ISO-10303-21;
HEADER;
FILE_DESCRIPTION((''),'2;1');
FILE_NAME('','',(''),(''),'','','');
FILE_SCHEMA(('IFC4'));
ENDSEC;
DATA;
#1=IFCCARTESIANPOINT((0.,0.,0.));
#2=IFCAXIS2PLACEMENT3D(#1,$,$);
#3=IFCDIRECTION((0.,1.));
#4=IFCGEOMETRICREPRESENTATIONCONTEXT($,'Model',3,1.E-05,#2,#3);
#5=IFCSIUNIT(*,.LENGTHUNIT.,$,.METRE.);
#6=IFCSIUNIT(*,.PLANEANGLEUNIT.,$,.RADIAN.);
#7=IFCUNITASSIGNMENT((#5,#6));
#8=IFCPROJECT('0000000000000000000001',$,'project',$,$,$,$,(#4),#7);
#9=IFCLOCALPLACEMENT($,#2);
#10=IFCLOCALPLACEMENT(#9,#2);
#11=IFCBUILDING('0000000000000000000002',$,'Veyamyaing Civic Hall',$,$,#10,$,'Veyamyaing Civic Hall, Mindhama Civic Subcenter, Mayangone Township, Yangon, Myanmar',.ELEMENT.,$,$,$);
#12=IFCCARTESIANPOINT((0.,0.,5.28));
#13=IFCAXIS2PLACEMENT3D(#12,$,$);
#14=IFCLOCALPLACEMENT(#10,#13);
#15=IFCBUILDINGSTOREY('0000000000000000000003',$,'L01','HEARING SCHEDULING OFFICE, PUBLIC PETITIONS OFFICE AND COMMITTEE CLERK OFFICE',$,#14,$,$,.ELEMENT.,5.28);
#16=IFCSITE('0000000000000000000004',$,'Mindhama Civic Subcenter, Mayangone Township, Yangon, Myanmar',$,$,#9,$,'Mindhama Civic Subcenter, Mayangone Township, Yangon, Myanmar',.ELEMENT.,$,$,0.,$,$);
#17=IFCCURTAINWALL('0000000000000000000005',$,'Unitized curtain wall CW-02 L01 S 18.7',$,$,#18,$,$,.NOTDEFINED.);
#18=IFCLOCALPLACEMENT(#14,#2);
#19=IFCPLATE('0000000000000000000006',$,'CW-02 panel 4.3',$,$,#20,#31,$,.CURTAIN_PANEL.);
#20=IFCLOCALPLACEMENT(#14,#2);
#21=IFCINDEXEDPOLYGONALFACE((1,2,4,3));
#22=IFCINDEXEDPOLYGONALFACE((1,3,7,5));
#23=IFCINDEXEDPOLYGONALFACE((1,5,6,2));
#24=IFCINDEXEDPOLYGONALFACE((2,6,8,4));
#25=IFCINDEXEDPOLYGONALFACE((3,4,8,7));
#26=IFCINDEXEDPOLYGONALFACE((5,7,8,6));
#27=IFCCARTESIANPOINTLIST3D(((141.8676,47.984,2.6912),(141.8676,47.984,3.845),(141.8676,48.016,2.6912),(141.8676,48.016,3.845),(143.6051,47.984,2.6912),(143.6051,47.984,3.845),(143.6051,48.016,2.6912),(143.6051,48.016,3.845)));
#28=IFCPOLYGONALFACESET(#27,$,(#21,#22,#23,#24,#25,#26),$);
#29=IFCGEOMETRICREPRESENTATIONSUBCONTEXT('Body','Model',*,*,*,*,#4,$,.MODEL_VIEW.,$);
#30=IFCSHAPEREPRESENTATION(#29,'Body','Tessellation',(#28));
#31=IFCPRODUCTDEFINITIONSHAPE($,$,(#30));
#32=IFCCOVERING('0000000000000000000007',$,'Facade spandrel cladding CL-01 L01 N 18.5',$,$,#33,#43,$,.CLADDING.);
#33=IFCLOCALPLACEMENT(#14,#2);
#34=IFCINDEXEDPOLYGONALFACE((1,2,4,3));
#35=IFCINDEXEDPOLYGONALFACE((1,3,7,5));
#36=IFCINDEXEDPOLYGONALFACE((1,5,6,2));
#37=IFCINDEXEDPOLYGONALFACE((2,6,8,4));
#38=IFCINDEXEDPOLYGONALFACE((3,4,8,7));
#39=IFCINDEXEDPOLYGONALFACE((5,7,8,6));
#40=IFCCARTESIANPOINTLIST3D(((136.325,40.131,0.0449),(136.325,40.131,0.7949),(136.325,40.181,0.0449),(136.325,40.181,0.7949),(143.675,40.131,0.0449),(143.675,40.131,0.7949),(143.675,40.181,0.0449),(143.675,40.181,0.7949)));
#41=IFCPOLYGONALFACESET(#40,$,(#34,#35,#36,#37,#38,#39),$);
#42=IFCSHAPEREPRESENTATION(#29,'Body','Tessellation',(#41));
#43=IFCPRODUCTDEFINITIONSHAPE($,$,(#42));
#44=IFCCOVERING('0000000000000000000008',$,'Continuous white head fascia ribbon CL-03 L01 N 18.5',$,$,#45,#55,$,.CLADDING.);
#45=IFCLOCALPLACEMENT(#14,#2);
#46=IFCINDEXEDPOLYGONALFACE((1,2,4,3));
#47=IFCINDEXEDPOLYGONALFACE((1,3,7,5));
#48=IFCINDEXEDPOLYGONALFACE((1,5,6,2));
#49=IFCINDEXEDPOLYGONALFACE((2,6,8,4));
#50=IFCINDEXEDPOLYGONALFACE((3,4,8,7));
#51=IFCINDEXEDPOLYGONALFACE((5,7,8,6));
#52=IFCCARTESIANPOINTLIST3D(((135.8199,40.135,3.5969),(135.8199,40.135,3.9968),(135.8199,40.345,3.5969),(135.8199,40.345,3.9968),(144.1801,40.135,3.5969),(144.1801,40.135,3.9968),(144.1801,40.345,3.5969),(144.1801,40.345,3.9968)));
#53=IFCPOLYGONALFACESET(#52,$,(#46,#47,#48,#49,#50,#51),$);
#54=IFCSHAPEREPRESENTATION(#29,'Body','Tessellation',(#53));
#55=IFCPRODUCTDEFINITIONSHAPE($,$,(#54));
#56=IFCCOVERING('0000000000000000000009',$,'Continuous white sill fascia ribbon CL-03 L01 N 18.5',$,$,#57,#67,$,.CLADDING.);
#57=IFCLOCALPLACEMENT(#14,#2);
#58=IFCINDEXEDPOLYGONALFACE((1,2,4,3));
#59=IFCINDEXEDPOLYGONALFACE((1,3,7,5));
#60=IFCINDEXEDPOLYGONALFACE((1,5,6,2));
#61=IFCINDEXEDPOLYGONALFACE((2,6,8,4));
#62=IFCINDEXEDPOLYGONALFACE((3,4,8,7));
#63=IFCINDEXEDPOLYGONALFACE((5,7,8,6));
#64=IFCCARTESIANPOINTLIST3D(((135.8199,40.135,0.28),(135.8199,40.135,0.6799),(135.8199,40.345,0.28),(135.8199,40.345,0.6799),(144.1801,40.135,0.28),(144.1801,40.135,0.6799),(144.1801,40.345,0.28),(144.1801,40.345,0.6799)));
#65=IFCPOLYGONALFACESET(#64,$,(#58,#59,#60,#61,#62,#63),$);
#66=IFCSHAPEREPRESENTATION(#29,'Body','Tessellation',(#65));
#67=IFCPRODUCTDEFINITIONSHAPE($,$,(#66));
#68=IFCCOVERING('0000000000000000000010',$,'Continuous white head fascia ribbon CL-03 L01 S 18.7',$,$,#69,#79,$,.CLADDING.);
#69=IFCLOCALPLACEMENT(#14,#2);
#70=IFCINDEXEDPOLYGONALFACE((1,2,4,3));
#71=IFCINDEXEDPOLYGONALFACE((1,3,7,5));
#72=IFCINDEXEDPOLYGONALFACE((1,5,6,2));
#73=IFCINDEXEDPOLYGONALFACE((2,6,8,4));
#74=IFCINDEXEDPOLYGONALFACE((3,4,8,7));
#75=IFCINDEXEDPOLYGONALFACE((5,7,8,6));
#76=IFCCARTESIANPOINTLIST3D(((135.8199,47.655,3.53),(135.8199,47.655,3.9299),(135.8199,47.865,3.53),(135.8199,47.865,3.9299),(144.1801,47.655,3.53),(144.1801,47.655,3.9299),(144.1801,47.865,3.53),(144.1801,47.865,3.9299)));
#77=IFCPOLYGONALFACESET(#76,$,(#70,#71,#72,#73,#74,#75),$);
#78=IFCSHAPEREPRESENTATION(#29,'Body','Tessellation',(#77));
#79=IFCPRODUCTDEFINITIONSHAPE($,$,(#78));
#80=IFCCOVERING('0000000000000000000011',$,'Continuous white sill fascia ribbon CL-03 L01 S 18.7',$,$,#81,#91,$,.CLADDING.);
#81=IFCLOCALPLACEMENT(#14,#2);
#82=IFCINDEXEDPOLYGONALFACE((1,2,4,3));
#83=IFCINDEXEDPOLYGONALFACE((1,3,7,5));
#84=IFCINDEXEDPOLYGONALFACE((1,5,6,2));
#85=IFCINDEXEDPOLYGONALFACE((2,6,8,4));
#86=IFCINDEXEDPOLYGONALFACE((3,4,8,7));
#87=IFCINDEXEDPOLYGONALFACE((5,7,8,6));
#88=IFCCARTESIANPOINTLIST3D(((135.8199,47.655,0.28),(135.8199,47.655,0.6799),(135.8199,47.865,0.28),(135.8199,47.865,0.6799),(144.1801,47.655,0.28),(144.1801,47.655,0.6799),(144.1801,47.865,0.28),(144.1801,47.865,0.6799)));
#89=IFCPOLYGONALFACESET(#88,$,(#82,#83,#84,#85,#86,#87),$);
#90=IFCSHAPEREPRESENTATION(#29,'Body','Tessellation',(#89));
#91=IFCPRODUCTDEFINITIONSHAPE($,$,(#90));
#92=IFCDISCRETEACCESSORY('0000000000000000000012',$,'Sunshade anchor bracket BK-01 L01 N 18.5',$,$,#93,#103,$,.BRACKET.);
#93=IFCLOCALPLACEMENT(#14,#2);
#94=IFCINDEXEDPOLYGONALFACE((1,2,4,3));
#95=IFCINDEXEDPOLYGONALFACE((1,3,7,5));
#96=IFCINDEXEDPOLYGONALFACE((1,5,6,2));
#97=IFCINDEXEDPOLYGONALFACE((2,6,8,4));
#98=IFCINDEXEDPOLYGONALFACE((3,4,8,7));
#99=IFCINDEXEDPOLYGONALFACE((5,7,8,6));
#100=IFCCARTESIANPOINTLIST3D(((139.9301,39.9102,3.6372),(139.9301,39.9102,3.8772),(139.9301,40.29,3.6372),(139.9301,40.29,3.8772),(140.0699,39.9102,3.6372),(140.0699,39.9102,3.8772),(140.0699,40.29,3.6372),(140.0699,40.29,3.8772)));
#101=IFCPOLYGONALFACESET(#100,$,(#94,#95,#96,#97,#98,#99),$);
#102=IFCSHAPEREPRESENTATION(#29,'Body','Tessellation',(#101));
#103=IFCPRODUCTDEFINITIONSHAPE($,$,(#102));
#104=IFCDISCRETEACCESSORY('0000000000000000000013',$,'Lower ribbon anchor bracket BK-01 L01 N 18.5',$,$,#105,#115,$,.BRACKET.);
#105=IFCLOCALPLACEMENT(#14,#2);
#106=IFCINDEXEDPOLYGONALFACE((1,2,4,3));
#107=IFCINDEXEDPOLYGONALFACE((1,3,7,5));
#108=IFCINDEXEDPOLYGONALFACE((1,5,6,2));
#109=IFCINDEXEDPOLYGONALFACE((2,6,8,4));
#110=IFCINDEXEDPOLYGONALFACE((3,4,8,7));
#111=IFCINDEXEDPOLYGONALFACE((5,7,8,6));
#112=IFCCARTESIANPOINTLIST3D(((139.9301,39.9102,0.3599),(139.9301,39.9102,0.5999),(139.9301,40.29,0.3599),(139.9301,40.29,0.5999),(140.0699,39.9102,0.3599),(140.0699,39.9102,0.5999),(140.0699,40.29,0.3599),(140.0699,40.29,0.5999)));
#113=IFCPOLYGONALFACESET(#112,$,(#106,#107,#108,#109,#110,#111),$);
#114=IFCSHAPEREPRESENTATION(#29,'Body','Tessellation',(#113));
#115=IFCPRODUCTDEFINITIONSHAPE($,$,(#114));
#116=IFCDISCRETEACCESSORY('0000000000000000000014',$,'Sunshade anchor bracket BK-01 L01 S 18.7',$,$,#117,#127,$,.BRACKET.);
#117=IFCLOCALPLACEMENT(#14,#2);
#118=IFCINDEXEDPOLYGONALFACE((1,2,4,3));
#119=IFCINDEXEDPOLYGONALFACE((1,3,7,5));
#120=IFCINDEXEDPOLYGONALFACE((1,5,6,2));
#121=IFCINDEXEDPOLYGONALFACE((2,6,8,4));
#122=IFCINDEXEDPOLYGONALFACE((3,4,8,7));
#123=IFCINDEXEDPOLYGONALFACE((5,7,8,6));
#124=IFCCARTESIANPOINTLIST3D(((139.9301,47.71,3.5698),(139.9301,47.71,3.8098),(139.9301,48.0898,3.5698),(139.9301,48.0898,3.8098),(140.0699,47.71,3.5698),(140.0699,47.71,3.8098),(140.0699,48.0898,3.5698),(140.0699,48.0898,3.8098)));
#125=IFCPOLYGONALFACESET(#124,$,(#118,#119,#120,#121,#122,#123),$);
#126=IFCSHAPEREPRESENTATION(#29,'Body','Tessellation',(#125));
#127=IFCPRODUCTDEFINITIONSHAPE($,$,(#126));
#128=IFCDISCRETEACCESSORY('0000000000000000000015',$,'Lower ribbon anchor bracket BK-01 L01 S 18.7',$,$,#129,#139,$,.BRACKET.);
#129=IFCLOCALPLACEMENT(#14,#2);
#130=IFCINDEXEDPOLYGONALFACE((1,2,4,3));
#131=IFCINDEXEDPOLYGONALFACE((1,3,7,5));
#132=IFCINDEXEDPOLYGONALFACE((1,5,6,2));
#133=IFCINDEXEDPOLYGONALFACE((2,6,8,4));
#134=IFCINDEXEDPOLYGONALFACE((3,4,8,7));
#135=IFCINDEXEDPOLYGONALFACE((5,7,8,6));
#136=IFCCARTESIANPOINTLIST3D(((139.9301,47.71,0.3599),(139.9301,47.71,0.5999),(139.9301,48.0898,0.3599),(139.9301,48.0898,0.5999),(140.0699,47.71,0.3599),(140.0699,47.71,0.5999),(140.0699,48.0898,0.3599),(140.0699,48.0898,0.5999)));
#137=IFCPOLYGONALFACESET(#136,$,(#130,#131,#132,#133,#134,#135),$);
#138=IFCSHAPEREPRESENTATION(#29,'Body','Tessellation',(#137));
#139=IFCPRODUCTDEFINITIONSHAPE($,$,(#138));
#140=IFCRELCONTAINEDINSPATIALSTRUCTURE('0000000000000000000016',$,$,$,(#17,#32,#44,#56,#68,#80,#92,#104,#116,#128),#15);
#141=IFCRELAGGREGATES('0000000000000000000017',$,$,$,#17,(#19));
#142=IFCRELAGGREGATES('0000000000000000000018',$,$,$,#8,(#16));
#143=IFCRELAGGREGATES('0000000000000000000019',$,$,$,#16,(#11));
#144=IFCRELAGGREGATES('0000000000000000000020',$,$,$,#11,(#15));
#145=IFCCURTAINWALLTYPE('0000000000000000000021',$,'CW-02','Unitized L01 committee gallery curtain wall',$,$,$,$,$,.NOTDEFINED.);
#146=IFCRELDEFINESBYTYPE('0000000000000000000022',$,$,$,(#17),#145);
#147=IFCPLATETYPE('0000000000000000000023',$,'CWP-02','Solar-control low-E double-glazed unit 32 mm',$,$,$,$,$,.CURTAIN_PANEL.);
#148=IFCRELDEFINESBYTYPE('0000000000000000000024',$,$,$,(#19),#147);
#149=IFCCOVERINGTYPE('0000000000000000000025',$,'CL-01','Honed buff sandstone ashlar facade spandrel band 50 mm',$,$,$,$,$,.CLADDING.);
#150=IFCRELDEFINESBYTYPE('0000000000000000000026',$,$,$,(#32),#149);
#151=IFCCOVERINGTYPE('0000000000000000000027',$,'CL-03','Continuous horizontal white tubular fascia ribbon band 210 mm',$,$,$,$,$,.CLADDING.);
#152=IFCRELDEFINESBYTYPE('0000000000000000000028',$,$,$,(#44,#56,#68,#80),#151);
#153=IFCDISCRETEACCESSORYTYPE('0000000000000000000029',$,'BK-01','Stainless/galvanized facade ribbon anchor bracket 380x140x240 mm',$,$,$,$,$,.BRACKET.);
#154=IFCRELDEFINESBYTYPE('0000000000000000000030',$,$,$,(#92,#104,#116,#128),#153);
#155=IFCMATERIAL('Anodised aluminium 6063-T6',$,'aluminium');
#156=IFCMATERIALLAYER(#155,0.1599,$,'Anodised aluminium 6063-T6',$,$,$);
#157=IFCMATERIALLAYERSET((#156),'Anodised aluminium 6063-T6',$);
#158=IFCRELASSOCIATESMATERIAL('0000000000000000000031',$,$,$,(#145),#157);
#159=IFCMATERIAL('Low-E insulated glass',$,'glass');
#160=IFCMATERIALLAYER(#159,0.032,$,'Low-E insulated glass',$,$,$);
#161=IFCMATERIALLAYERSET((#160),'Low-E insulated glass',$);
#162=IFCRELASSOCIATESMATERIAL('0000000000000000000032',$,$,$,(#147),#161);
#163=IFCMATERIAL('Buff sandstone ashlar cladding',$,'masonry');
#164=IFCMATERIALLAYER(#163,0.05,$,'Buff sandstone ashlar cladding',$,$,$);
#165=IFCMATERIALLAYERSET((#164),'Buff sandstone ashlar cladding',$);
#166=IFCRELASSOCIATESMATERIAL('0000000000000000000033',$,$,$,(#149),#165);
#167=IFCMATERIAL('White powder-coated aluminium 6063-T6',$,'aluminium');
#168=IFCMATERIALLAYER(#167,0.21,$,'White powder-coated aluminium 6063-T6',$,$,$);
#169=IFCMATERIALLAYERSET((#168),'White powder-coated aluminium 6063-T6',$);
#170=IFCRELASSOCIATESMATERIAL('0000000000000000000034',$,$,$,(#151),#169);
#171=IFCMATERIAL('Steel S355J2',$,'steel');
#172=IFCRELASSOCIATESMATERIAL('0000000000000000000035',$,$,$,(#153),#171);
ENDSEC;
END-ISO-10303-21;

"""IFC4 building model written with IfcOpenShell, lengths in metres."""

from ifc_helpers import new_model, si_unit, direction, frame, origin, origin_2d, place, context, subcontext, project, spatial, rectangle, extrude, material, layer, layer_set, type_object, element, aggregate, save


model = new_model("IFC4")

# Units and contexts
model_context = context("Model", 3, precision=1e-05, world=origin(), true_north=direction((0.0, 1.0)))
body_context = subcontext(model_context, "Body", "Model", "MODEL_VIEW")
ifc_project = project(units=[si_unit("LENGTHUNIT", "METRE"), si_unit("PLANEANGLEUNIT", "RADIAN")], contexts=[model_context])

# Site, building, storey
site_placement = place(None, origin())
site = spatial("IfcSite", under=ifc_project, at=site_placement, Name="Mindhama Civic Subcenter, Mayangone Township, Yangon, Myanmar", LongName="Mindhama Civic Subcenter, Mayangone Township, Yangon, Myanmar", CompositionType="ELEMENT", RefElevation=0.0)
building_placement = place(site_placement, origin())
building = spatial("IfcBuilding", under=site, at=building_placement, Name="Veyamyaing Civic Hall", LongName="Veyamyaing Civic Hall, Mindhama Civic Subcenter, Mayangone Township, Yangon, Myanmar", CompositionType="ELEMENT")
storey_placement = place(building_placement, frame((0.0, 0.0, 5.28)))
storey = spatial("IfcBuildingStorey", under=building, at=storey_placement, Name="L01", Description="HEARING SCHEDULING OFFICE, PUBLIC PETITIONS OFFICE AND COMMITTEE CLERK OFFICE", CompositionType="ELEMENT", Elevation=5.28)

# Curtain wall, plate
ifc_material_1 = material(Name="Anodised aluminium 6063-T6", Category="aluminium")
ifc_layer_1 = layer(ifc_material_1, 0.1599, Name="Anodised aluminium 6063-T6")
ifc_layer_set_1 = layer_set([ifc_layer_1], Name="Anodised aluminium 6063-T6")
curtain_wall_type = type_object("IfcCurtainWallType", Name="CW-02", Description="Unitized L01 committee gallery curtain wall", PredefinedType="NOTDEFINED", material=ifc_layer_set_1)
curtain_wall_placement = place(storey_placement, origin())
curtain_wall = element("IfcCurtainWall", 1, at=curtain_wall_placement, inside=storey, type_object=curtain_wall_type, Name="Unitized curtain wall CW-02 L01 S 18.7", PredefinedType="NOTDEFINED")
ifc_material_2 = material(Name="Low-E insulated glass", Category="glass")
ifc_layer_2 = layer(ifc_material_2, 0.032, Name="Low-E insulated glass")
ifc_layer_set_2 = layer_set([ifc_layer_2], Name="Low-E insulated glass")
plate_type = type_object("IfcPlateType", Name="CWP-02", Description="Solar-control low-E double-glazed unit 32 mm", PredefinedType="CURTAIN_PANEL", material=ifc_layer_set_2)
plate_1_placement = place(storey_placement, frame((142.7363, 48.0, 2.6912), z_axis=(0.0, 0.0, 1.0), x_axis=(1.0, 0.0, 0.0)))
plate_1 = element("IfcPlate", 2, at=plate_1_placement, type_object=plate_type, Name="CW-02 panel 4.3", PredefinedType="CURTAIN_PANEL", context=body_context, shape_type="SweptSolid", body=[
    extrude(rectangle(XDim=1.7375, YDim=0.032, at=origin_2d()), origin(), (0.0, 0.0, 1.0), 1.1538),
])
aggregate(curtain_wall, [plate_1])

# Coverings
ifc_material_3 = material(Name="Buff sandstone ashlar cladding", Category="masonry")
ifc_layer_3 = layer(ifc_material_3, 0.05, Name="Buff sandstone ashlar cladding")
ifc_layer_set_3 = layer_set([ifc_layer_3], Name="Buff sandstone ashlar cladding")
covering_type_1 = type_object("IfcCoveringType", Name="CL-01", Description="Honed buff sandstone ashlar facade spandrel band 50 mm", PredefinedType="CLADDING", material=ifc_layer_set_3)
covering_placement = place(storey_placement, frame((140.0, 40.156, 0.0449), z_axis=(0.0, 0.0, 1.0), x_axis=(1.0, 0.0, 0.0)))
element("IfcCovering", 3, at=covering_placement, inside=storey, type_object=covering_type_1, Name="Facade spandrel cladding CL-01 L01 N 18.5", PredefinedType="CLADDING", context=body_context, shape_type="SweptSolid", body=[
    extrude(rectangle(XDim=7.3501, YDim=0.05, at=origin_2d()), origin(), (0.0, 0.0, 1.0), 0.75),
])
ifc_material_4 = material(Name="White powder-coated aluminium 6063-T6", Category="aluminium")
ifc_layer_4 = layer(ifc_material_4, 0.21, Name="White powder-coated aluminium 6063-T6")
ifc_layer_set_4 = layer_set([ifc_layer_4], Name="White powder-coated aluminium 6063-T6")
covering_type_2 = type_object("IfcCoveringType", Name="CL-03", Description="Continuous horizontal white tubular fascia ribbon band 210 mm", PredefinedType="CLADDING", material=ifc_layer_set_4)
for number, where, z_axis, x_axis, name in (
    (4, (140.0, 40.24, 3.5969), (0.0, 0.0, 1.0), (1.0, 0.0, 0.0), "Continuous white head fascia ribbon CL-03 L01 N 18.5"),
    (5, (140.0, 40.24, 0.28), (0.0, 0.0, 1.0), (1.0, 0.0, 0.0), "Continuous white sill fascia ribbon CL-03 L01 N 18.5"),
    (6, (140.0, 47.76, 3.53), (0.0, 0.0, 1.0), (1.0, 0.0, 0.0), "Continuous white head fascia ribbon CL-03 L01 S 18.7"),
    (7, (140.0, 47.76, 0.28), (0.0, 0.0, 1.0), (1.0, 0.0, 0.0), "Continuous white sill fascia ribbon CL-03 L01 S 18.7"),
):
    element("IfcCovering", number, at=place(storey_placement, frame(where, z_axis=z_axis, x_axis=x_axis)), inside=storey, type_object=covering_type_2, Name=name, PredefinedType="CLADDING", context=body_context, shape_type="SweptSolid", body=[
        extrude(rectangle(XDim=8.3601, YDim=0.21, at=origin_2d()), origin(), (0.0, 0.0, 1.0), 0.3999),
    ])

# Discrete accessories
ifc_material_5 = material(Name="Steel S355J2", Category="steel")
discrete_accessory_type = type_object("IfcDiscreteAccessoryType", Name="BK-01", Description="Stainless/galvanized facade ribbon anchor bracket 380x140x240 mm", PredefinedType="BRACKET", material=ifc_material_5)
for number, where, z_axis, x_axis, name in (
    (8, (140.0, 40.1001, 3.6372), (0.0, 0.0, 1.0), (0.0, 1.0, 0.0), "Sunshade anchor bracket BK-01 L01 N 18.5"),
    (9, (140.0, 40.1001, 0.3599), (0.0, 0.0, 1.0), (0.0, 1.0, 0.0), "Lower ribbon anchor bracket BK-01 L01 N 18.5"),
    (10, (140.0, 47.8999, 3.5698), (0.0, 0.0, 1.0), (0.0, -1.0, 0.0), "Sunshade anchor bracket BK-01 L01 S 18.7"),
    (11, (140.0, 47.8999, 0.3599), (0.0, 0.0, 1.0), (0.0, -1.0, 0.0), "Lower ribbon anchor bracket BK-01 L01 S 18.7"),
):
    element("IfcDiscreteAccessory", number, at=place(storey_placement, frame(where, z_axis=z_axis, x_axis=x_axis)), inside=storey, type_object=discrete_accessory_type, Name=name, PredefinedType="BRACKET", context=body_context, shape_type="SweptSolid", body=[
        extrude(rectangle(XDim=0.3799, YDim=0.1399, at=origin_2d()), origin(), (0.0, 0.0, 1.0), 0.24),
    ])

save(model, "model.ifc")
